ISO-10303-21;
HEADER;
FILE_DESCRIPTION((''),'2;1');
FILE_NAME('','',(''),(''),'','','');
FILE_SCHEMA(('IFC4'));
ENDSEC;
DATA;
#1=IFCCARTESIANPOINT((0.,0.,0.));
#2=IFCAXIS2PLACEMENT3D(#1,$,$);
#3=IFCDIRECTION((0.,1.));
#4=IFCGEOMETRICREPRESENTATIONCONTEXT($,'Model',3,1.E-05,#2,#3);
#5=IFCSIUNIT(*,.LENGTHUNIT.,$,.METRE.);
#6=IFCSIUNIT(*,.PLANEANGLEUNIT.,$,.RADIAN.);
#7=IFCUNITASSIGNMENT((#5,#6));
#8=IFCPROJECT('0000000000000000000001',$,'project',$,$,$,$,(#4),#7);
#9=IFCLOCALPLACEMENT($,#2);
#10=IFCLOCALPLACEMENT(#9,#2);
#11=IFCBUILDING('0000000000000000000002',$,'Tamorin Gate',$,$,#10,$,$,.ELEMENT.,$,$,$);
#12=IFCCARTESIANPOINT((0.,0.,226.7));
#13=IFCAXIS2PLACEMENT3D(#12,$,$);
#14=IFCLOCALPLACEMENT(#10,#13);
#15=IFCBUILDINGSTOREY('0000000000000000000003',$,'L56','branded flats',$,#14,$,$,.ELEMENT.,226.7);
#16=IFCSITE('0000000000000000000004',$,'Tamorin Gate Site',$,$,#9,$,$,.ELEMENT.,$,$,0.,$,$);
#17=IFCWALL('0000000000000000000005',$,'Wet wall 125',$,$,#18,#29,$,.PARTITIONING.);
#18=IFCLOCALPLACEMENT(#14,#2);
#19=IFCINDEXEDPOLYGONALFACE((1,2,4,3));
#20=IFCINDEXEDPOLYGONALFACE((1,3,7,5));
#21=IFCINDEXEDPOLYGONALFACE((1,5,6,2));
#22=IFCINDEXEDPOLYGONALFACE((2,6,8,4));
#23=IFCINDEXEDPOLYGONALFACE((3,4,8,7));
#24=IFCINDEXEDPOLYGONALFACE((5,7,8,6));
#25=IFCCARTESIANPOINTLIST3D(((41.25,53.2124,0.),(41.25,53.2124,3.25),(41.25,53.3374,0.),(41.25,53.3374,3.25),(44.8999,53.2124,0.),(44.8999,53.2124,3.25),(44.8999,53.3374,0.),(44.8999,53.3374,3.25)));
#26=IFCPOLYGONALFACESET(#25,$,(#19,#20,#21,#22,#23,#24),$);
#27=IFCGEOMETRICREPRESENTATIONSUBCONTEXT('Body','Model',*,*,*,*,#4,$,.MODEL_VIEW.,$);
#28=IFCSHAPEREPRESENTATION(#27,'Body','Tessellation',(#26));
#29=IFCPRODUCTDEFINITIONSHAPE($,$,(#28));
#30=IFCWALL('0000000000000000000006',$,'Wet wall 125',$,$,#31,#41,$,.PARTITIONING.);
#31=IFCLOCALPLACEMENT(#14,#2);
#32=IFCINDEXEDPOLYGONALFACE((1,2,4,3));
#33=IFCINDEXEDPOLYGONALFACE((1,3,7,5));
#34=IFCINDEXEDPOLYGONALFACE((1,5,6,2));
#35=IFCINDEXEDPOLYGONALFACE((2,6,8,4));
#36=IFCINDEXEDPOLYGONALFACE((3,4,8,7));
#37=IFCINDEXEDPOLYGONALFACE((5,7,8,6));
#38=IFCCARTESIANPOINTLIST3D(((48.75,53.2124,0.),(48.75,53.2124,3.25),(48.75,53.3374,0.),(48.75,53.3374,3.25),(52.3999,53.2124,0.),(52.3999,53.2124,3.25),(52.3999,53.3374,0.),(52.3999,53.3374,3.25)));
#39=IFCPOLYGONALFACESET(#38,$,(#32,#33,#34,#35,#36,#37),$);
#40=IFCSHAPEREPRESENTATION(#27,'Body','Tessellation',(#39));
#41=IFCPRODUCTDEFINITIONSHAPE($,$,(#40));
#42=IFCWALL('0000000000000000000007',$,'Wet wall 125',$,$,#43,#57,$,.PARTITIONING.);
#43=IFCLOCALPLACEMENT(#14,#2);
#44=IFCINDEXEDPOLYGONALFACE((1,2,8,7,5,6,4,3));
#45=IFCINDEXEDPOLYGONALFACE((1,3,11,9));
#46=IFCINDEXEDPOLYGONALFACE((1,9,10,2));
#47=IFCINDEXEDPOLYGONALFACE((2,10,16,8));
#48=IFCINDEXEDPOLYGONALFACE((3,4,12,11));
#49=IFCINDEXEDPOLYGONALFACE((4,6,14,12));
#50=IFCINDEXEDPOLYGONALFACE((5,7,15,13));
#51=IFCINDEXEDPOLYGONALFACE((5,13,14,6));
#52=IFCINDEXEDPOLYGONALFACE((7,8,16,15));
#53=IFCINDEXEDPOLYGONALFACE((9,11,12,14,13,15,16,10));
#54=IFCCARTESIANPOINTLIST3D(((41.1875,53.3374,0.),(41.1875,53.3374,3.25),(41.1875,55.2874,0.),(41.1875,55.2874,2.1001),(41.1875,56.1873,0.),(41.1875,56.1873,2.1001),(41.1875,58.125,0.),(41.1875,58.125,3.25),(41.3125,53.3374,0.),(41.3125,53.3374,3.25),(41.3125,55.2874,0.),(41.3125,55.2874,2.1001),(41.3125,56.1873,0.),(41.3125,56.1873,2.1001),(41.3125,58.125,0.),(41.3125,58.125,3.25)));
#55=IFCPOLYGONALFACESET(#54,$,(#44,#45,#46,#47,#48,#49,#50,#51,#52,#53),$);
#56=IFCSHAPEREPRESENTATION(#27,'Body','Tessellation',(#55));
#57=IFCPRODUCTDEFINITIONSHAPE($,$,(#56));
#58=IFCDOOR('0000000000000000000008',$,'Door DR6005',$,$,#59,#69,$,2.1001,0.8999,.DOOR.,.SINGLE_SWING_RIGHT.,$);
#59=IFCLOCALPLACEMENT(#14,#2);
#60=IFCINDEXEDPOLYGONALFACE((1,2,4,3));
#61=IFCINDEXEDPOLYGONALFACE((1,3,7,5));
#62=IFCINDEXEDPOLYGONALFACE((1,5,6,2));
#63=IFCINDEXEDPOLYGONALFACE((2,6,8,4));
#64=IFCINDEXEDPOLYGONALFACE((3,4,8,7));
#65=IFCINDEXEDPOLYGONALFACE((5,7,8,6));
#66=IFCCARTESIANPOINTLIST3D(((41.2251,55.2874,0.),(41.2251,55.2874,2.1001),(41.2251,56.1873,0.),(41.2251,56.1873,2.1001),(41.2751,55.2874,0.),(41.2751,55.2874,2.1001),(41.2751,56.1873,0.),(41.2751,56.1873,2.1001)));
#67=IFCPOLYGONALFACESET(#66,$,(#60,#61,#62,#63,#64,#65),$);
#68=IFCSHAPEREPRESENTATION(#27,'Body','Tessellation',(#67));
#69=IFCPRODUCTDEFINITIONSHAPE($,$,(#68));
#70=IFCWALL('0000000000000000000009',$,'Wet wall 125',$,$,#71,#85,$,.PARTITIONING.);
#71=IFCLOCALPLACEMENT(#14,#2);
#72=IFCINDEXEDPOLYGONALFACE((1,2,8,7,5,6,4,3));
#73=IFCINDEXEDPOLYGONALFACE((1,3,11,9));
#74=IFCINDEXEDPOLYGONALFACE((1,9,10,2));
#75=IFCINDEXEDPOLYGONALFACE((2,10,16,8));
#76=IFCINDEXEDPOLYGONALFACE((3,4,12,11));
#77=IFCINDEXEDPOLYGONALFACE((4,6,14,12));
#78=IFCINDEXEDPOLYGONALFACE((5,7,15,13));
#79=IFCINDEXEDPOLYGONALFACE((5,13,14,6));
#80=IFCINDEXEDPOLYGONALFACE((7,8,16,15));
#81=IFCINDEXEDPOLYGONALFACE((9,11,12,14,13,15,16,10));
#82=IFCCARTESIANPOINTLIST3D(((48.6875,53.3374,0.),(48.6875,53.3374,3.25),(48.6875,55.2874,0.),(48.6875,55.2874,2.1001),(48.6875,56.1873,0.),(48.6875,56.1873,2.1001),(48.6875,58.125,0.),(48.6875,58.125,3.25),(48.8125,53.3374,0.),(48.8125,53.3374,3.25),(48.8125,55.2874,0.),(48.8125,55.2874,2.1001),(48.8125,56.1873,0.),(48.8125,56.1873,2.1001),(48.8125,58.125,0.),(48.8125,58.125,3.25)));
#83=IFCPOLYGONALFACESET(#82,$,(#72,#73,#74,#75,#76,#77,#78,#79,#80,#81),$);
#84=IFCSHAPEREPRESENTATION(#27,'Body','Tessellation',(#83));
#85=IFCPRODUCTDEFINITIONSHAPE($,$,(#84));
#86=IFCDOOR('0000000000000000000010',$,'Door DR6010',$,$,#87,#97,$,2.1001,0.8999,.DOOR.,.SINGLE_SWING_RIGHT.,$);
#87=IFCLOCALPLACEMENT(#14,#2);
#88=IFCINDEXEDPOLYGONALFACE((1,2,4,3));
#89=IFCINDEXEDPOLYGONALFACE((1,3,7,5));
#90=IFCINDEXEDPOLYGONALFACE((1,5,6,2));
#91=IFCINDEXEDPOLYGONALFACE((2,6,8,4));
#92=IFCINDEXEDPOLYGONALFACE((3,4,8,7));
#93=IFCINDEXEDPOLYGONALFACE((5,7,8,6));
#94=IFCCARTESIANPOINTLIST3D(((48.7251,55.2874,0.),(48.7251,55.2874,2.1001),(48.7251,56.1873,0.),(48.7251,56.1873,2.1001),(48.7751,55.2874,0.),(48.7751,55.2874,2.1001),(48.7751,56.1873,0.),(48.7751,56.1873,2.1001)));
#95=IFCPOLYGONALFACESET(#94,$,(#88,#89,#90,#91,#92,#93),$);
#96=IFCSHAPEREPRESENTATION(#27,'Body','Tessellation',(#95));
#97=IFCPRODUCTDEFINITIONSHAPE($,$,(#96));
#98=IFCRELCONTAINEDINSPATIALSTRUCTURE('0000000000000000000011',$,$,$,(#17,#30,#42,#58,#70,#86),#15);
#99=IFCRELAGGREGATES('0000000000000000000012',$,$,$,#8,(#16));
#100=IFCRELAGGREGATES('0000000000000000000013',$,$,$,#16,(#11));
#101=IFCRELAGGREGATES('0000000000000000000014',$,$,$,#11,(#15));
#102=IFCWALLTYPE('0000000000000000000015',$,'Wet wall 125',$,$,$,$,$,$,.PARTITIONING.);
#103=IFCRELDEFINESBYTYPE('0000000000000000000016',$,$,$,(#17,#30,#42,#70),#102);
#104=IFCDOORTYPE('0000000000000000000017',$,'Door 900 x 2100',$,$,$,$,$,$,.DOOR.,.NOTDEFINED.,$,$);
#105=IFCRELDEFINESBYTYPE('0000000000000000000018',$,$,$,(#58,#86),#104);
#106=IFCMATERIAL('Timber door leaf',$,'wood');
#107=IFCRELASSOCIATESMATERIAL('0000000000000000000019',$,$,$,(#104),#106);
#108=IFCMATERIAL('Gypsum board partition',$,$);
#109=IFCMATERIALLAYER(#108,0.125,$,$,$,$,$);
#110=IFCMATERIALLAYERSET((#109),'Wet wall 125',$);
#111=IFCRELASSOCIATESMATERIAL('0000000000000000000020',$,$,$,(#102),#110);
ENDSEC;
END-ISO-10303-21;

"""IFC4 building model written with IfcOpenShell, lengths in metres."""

from ifc_helpers import new_model, si_unit, direction, frame, frame_2d, origin, place, context, subcontext, project, spatial, rectangle, extrude, material, layer, layer_set, type_object, element, fill, save


model = new_model("IFC4")

# Units and contexts
model_context = context("Model", 3, precision=1e-05, world=origin(), true_north=direction((0.0, 1.0)))
body_context = subcontext(model_context, "Body", "Model", "MODEL_VIEW")
ifc_project = project(units=[si_unit("LENGTHUNIT", "METRE"), si_unit("PLANEANGLEUNIT", "RADIAN")], contexts=[model_context])

# Site, building, storey
site_placement = place(None, origin())
site = spatial("IfcSite", under=ifc_project, at=site_placement, Name="Tamorin Gate Site", CompositionType="ELEMENT", RefElevation=0.0)
building_placement = place(site_placement, origin())
building = spatial("IfcBuilding", under=site, at=building_placement, Name="Tamorin Gate", CompositionType="ELEMENT")
storey_placement = place(building_placement, frame((0.0, 0.0, 226.7)))
storey = spatial("IfcBuildingStorey", under=building, at=storey_placement, Name="L56", Description="branded flats", CompositionType="ELEMENT", Elevation=226.7)

# Shared definitions
ifc_material_1 = material(Name="Gypsum board partition")

# Shared definitions
ifc_material_2 = material(Name="Timber door leaf", Category="wood")
door_type = type_object("IfcDoorType", Name="Door 900 x 2100", OperationType="NOTDEFINED", PredefinedType="DOOR", material=ifc_material_2)

# Walls
ifc_layer_1 = layer(ifc_material_1, 0.125)
ifc_layer_set_1 = layer_set([ifc_layer_1], Name="Wet wall 125")
wall_type_1 = type_object("IfcWallType", Name="Wet wall 125", PredefinedType="PARTITIONING", material=ifc_layer_set_1)
for number, where, z_axis, x_axis, name in (
    (1, (41.25, 53.2749, 0.0), (0.0, 0.0, 1.0), (1.0, 0.0, 0.0), "Wet wall 125"),
    (2, (48.75, 53.2749, 0.0), (0.0, 0.0, 1.0), (1.0, 0.0, 0.0), "Wet wall 125"),
):
    element("IfcWall", number, at=place(storey_placement, frame(where, z_axis=z_axis, x_axis=x_axis)), inside=storey, type_object=wall_type_1, Name=name, PredefinedType="PARTITIONING", context=body_context, shape_type="SweptSolid", body=[
        extrude(rectangle(XDim=3.6499, YDim=0.125, at=frame_2d((1.825, 0.0))), origin(), (0.0, 0.0, 1.0), 3.25),
    ])

# Walls, openings, doors
wall_1_placement = place(storey_placement, frame((41.25, 53.3374, 0.0), z_axis=(0.0, 0.0, 1.0), x_axis=(0.0, 1.0, 0.0)))
wall_1 = element("IfcWall", 3, at=wall_1_placement, inside=storey, type_object=wall_type_1, Name="Wet wall 125", PredefinedType="PARTITIONING", context=body_context, shape_type="SweptSolid", body=[
    extrude(rectangle(XDim=4.7876, YDim=0.125, at=frame_2d((2.3938, 0.0))), origin(), (0.0, 0.0, 1.0), 3.25),
])
opening_1_placement = place(wall_1_placement, frame((1.95, 0.0, 0.0)))
opening_1 = element("IfcOpeningElement", 4, at=opening_1_placement, cuts=wall_1, PredefinedType="OPENING", context=body_context, shape_type="SweptSolid", body=[
    extrude(rectangle(XDim=0.8999, YDim=2.1001, at=frame_2d((0.45, 1.05))), frame((0.0, 0.0725, 0.0), z_axis=(0.0, -1.0, 0.0), x_axis=(1.0, 0.0, 0.0)), (0.0, 0.0, 1.0), 0.145),
])
door_1_placement = place(opening_1_placement, origin())
door_1 = element("IfcDoor", 5, at=door_1_placement, inside=storey, type_object=door_type, Name="Door DR6005", OperationType="SINGLE_SWING_RIGHT", OverallHeight=2.1001, OverallWidth=0.8999, PredefinedType="DOOR", context=body_context, shape_type="SweptSolid", body=[
    extrude(rectangle(XDim=0.8999, YDim=2.1001, at=frame_2d((0.45, 1.05))), frame((0.0, 0.0249, 0.0), z_axis=(0.0, -1.0, 0.0), x_axis=(1.0, 0.0, 0.0)), (0.0, 0.0, 1.0), 0.05),
])
fill(opening_1, door_1)
wall_2_placement = place(storey_placement, frame((48.75, 53.3374, 0.0), z_axis=(0.0, 0.0, 1.0), x_axis=(0.0, 1.0, 0.0)))
wall_2 = element("IfcWall", 6, at=wall_2_placement, inside=storey, type_object=wall_type_1, Name="Wet wall 125", PredefinedType="PARTITIONING", context=body_context, shape_type="SweptSolid", body=[
    extrude(rectangle(XDim=4.7876, YDim=0.125, at=frame_2d((2.3938, 0.0))), origin(), (0.0, 0.0, 1.0), 3.25),
])
opening_2_placement = place(wall_2_placement, frame((1.95, 0.0, 0.0)))
opening_2 = element("IfcOpeningElement", 7, at=opening_2_placement, cuts=wall_2, PredefinedType="OPENING", context=body_context, shape_type="SweptSolid", body=[
    extrude(rectangle(XDim=0.8999, YDim=2.1001, at=frame_2d((0.45, 1.05))), frame((0.0, 0.0725, 0.0), z_axis=(0.0, -1.0, 0.0), x_axis=(1.0, 0.0, 0.0)), (0.0, 0.0, 1.0), 0.145),
])
door_2_placement = place(opening_2_placement, origin())
door_2 = element("IfcDoor", 8, at=door_2_placement, inside=storey, type_object=door_type, Name="Door DR6010", OperationType="SINGLE_SWING_RIGHT", OverallHeight=2.1001, OverallWidth=0.8999, PredefinedType="DOOR", context=body_context, shape_type="SweptSolid", body=[
    extrude(rectangle(XDim=0.8999, YDim=2.1001, at=frame_2d((0.45, 1.05))), frame((0.0, 0.0249, 0.0), z_axis=(0.0, -1.0, 0.0), x_axis=(1.0, 0.0, 0.0)), (0.0, 0.0, 1.0), 0.05),
])
fill(opening_2, door_2)

save(model, "model.ifc")
